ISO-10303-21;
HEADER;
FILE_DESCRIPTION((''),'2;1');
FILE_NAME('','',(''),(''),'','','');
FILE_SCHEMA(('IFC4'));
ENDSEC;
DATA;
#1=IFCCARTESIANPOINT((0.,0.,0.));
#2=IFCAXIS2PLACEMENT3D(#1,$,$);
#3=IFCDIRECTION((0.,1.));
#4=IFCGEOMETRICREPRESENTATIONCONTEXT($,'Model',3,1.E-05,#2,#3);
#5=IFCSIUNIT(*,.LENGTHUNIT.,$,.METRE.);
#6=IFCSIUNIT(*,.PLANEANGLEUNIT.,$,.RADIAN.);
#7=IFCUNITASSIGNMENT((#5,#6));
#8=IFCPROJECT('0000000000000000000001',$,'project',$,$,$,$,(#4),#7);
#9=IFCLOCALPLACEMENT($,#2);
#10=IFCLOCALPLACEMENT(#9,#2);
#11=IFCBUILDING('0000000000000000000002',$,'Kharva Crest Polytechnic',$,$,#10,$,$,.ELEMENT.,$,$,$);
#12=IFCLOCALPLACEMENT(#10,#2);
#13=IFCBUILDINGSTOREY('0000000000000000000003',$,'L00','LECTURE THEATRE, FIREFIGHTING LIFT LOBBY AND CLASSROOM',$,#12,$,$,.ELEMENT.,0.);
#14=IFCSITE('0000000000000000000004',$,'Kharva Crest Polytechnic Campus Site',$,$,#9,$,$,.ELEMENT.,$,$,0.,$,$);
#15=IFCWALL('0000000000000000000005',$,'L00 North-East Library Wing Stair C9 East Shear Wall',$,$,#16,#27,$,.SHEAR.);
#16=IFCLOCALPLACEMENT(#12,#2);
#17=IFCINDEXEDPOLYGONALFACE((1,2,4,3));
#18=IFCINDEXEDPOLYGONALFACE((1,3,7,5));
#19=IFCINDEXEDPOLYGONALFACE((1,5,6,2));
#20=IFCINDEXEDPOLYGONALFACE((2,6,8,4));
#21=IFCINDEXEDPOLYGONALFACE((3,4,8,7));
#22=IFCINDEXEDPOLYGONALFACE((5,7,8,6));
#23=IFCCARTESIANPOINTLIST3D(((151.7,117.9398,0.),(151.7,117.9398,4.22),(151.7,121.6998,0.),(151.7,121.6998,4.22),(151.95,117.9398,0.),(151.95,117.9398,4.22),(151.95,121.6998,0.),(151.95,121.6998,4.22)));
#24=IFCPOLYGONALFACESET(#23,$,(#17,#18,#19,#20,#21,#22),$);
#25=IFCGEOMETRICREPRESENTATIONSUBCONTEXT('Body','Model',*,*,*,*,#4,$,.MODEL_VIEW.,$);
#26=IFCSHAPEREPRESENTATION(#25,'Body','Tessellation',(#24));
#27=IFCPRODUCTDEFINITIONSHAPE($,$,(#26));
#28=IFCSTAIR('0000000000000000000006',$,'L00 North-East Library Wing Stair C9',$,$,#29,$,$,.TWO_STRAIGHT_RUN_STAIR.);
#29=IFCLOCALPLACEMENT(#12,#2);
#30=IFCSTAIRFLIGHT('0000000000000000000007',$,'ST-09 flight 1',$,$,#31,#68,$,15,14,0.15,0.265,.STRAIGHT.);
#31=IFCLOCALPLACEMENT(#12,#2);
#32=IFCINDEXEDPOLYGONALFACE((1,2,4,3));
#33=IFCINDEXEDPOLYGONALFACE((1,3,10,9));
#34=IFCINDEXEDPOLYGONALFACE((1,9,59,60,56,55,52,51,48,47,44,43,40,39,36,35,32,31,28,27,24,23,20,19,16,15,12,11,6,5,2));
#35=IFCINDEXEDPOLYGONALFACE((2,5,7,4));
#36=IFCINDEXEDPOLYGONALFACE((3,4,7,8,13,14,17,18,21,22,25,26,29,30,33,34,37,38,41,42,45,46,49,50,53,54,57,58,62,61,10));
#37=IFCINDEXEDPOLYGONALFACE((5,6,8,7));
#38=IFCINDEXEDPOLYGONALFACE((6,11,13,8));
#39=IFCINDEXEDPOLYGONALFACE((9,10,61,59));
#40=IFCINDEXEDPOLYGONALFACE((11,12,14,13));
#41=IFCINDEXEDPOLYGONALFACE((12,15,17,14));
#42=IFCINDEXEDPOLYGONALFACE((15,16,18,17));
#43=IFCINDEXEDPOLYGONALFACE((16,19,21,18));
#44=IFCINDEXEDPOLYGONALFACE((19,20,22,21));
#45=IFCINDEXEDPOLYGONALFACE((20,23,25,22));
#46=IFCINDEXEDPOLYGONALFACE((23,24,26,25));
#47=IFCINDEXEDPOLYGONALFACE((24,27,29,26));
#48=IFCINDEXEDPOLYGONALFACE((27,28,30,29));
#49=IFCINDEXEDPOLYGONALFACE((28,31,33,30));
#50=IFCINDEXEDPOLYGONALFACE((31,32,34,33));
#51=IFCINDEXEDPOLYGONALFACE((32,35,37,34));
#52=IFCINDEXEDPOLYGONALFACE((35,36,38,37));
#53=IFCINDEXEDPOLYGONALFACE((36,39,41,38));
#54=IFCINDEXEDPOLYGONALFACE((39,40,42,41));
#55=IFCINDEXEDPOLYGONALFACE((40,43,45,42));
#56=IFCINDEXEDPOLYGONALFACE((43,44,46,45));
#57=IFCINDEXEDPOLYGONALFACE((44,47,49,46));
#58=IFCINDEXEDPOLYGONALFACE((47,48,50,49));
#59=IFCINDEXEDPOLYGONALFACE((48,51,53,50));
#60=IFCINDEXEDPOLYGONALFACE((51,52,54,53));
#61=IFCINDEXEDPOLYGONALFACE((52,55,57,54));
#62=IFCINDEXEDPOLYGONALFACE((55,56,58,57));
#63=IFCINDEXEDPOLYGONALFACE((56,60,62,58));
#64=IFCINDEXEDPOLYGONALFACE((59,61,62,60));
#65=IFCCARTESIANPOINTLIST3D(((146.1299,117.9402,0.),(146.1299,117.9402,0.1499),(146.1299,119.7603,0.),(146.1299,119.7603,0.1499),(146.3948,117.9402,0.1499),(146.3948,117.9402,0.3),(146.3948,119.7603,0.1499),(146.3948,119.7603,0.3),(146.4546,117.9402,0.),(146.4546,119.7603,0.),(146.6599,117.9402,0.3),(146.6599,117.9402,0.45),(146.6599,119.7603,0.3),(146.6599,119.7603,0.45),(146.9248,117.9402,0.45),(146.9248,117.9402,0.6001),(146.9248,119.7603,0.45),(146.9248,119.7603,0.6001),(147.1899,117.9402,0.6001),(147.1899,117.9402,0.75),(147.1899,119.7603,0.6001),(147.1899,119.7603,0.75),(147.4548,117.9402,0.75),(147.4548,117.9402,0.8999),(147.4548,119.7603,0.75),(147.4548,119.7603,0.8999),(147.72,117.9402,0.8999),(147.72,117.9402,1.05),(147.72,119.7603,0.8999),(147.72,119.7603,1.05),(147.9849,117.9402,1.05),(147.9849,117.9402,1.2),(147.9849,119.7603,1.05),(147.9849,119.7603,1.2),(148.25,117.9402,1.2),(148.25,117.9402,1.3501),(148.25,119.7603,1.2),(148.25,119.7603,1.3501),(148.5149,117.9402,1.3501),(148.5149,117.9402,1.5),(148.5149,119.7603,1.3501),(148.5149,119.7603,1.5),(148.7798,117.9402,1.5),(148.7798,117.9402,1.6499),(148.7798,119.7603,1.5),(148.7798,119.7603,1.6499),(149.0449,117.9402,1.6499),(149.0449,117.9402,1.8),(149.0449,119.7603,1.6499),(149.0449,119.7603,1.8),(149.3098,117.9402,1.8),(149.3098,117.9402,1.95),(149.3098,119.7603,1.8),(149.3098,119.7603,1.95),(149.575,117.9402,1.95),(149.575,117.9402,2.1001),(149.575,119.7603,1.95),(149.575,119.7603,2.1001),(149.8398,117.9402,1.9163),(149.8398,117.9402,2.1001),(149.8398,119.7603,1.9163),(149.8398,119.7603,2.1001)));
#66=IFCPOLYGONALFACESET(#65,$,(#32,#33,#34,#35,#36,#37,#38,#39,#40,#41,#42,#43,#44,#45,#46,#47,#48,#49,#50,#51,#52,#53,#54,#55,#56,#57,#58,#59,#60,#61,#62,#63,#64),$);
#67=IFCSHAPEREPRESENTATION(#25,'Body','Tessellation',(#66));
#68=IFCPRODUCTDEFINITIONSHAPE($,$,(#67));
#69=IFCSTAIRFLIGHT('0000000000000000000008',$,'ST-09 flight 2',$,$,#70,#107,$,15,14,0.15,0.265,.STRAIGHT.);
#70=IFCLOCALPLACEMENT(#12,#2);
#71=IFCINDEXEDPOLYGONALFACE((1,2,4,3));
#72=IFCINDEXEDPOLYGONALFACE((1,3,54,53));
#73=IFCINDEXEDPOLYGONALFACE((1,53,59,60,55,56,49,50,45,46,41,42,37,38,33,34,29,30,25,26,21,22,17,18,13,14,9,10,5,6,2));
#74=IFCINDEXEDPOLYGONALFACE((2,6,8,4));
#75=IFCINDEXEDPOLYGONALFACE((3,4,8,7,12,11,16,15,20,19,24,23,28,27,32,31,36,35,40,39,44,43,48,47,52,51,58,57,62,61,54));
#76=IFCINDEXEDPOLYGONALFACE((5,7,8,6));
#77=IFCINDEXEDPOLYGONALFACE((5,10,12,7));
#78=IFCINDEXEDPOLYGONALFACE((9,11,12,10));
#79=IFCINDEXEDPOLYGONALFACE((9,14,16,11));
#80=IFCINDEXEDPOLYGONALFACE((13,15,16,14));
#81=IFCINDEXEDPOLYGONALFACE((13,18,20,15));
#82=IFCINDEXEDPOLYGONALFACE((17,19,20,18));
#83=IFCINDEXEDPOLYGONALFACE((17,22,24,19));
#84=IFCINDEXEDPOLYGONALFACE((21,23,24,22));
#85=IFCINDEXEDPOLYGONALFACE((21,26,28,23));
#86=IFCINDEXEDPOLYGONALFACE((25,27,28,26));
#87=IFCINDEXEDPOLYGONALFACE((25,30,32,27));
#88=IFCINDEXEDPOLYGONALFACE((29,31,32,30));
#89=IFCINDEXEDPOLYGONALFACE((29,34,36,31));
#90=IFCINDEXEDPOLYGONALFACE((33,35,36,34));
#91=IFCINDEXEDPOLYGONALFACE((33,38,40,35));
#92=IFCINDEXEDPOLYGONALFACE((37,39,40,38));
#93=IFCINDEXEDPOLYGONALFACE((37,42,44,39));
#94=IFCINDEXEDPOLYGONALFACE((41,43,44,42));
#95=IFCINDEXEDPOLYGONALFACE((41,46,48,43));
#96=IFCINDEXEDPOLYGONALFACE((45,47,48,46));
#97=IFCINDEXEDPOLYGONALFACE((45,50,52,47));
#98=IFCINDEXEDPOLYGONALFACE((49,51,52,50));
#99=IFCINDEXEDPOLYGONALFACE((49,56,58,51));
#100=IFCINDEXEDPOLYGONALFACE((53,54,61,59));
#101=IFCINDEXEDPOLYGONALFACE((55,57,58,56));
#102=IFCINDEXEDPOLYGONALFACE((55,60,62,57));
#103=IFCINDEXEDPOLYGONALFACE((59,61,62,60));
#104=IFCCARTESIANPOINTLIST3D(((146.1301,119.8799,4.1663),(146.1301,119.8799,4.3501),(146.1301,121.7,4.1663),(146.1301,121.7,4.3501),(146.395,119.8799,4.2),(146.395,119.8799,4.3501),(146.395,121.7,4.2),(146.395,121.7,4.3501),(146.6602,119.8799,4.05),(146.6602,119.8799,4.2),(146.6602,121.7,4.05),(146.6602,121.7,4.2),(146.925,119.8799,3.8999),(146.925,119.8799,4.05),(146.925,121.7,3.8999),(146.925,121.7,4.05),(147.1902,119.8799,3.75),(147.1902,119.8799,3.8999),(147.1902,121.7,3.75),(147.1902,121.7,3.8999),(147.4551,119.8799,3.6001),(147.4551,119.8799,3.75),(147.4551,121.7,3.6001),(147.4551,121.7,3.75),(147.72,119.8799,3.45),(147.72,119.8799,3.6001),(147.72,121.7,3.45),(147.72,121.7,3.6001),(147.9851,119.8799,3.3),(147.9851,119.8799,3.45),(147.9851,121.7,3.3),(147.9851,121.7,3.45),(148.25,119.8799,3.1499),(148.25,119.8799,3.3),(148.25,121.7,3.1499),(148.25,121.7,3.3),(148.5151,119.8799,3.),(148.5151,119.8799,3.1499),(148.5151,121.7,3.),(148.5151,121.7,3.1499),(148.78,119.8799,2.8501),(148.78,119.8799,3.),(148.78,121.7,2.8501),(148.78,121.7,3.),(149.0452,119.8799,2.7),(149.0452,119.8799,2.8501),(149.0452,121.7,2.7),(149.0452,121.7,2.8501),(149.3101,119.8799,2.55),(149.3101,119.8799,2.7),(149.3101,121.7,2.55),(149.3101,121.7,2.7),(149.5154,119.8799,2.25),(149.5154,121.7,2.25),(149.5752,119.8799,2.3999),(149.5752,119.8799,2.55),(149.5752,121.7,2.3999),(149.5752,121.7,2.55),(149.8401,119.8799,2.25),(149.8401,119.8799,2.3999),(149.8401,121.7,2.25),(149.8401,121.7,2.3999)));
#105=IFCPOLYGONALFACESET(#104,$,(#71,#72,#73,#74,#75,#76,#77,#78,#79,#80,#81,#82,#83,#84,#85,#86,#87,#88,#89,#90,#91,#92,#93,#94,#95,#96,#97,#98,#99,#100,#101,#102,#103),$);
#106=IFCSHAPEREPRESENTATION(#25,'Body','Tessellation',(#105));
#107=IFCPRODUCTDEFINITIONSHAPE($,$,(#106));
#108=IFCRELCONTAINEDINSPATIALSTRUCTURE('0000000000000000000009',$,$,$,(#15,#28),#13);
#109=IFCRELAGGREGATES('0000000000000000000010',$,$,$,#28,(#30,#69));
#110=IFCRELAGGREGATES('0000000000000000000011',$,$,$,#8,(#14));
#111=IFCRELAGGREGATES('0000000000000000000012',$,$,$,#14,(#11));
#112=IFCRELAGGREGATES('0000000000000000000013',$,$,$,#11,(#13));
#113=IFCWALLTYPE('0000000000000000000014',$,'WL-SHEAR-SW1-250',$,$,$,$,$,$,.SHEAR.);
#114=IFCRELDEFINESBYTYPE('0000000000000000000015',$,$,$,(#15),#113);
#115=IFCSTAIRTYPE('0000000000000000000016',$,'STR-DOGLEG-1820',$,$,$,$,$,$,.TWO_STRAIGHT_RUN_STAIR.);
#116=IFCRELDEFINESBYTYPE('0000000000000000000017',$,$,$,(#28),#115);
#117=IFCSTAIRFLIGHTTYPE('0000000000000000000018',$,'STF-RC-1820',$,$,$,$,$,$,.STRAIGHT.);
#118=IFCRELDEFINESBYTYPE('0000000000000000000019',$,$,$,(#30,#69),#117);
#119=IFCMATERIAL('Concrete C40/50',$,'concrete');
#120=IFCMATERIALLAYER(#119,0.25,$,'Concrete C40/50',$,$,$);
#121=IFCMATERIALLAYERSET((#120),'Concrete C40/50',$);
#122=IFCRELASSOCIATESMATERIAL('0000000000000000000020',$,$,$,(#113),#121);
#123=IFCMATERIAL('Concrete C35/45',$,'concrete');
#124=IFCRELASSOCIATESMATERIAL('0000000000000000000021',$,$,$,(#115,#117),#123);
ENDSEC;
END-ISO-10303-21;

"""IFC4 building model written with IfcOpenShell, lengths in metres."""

from ifc_helpers import new_model, si_unit, direction, frame, frame_2d, origin, place, context, subcontext, project, spatial, polyline, rectangle, outline, extrude, material, layer, layer_set, type_object, element, aggregate, save


model = new_model("IFC4")

# Units and contexts
model_context = context("Model", 3, precision=1e-05, world=origin(), true_north=direction((0.0, 1.0)))
body_context = subcontext(model_context, "Body", "Model", "MODEL_VIEW")
ifc_project = project(units=[si_unit("LENGTHUNIT", "METRE"), si_unit("PLANEANGLEUNIT", "RADIAN")], contexts=[model_context])

# Site, building, storey
site_placement = place(None, origin())
site = spatial("IfcSite", under=ifc_project, at=site_placement, Name="Kharva Crest Polytechnic Campus Site", CompositionType="ELEMENT", RefElevation=0.0)
building_placement = place(site_placement, origin())
building = spatial("IfcBuilding", under=site, at=building_placement, Name="Kharva Crest Polytechnic", CompositionType="ELEMENT")
storey_placement = place(building_placement, origin())
storey = spatial("IfcBuildingStorey", under=building, at=storey_placement, Name="L00", Description="LECTURE THEATRE, FIREFIGHTING LIFT LOBBY AND CLASSROOM", CompositionType="ELEMENT", Elevation=0.0)

# Shared definitions
ifc_material_1 = material(Name="Concrete C35/45", Category="concrete")

# Shared definitions
ifc_material_2 = material(Name="Concrete C40/50", Category="concrete")

# Wall
ifc_layer_1 = layer(ifc_material_2, 0.25, Name="Concrete C40/50")
ifc_layer_set_1 = layer_set([ifc_layer_1], Name="Concrete C40/50")
wall_type_1 = type_object("IfcWallType", Name="WL-SHEAR-SW1-250", PredefinedType="SHEAR", material=ifc_layer_set_1)
wall_1_placement = place(storey_placement, frame((151.825, 117.9399, 0.0), z_axis=(0.0, 0.0, 1.0), x_axis=(0.0, 1.0, 0.0)))
element("IfcWall", 1, at=wall_1_placement, inside=storey, type_object=wall_type_1, Name="L00 North-East Library Wing Stair C9 East Shear Wall", PredefinedType="SHEAR", context=body_context, shape_type="SweptSolid", body=[
    extrude(rectangle(XDim=3.76, YDim=0.25, at=frame_2d((1.8799, 0.0))), origin(), (0.0, 0.0, 1.0), 4.22),
])

# Stair, stair flights
stair_type = type_object("IfcStairType", Name="STR-DOGLEG-1820", PredefinedType="TWO_STRAIGHT_RUN_STAIR", material=ifc_material_1)
stair_placement = place(storey_placement, origin())
stair = element("IfcStair", 2, at=stair_placement, inside=storey, type_object=stair_type, Name="L00 North-East Library Wing Stair C9", PredefinedType="TWO_STRAIGHT_RUN_STAIR")
stair_flight_type = type_object("IfcStairFlightType", Name="STF-RC-1820", PredefinedType="STRAIGHT", material=ifc_material_1)
stair_flight_1_placement = place(storey_placement, frame((146.1299, 118.8501, 0.0), z_axis=(0.0, 0.0, 1.0), x_axis=(1.0, 0.0, 0.0)))
stair_flight_1 = element("IfcStairFlight", 3, at=stair_flight_1_placement, type_object=stair_flight_type, Name="ST-09 flight 1", NumberOfRisers=15, NumberOfTreads=14, PredefinedType="STRAIGHT", RiserHeight=0.15, TreadLength=0.265, context=body_context, shape_type="SweptSolid", body=[
    extrude(outline(polyline([(0.0, 0.0), (0.0, 0.1499), (0.2649, 0.1499), (0.2649, 0.3), (0.53, 0.3), (0.53, 0.45), (0.7949, 0.45), (0.7949, 0.6001), (1.0601, 0.6001), (1.0601, 0.75), (1.325, 0.75), (1.325, 0.8999), (1.5901, 0.8999), (1.5901, 1.05), (1.855, 1.05), (1.855, 1.2), (2.1201, 1.2), (2.1201, 1.3501), (2.385, 1.3501), (2.385, 1.5), (2.6499, 1.5), (2.6499, 1.6499), (2.915, 1.6499), (2.915, 1.8), (3.1799, 1.8), (3.1799, 1.95), (3.4451, 1.95), (3.4451, 2.1001), (3.71, 2.1001), (3.71, 2.25), (3.71, 1.9163), (0.3247, 0.0), (0.0, 0.0)])), frame((0.0, 0.9102, 0.0), z_axis=(0.0, -1.0, 0.0), x_axis=(1.0, 0.0, 0.0)), (0.0, 0.0, 1.0), 1.8201),
])
stair_flight_2_placement = place(storey_placement, frame((149.8401, 120.79, 2.25), z_axis=(0.0, 0.0, 1.0), x_axis=(-1.0, 0.0, 0.0)))
stair_flight_2 = element("IfcStairFlight", 4, at=stair_flight_2_placement, type_object=stair_flight_type, Name="ST-09 flight 2", NumberOfRisers=15, NumberOfTreads=14, PredefinedType="STRAIGHT", RiserHeight=0.15, TreadLength=0.265, context=body_context, shape_type="SweptSolid", body=[
    extrude(outline(polyline([(0.0, 0.0), (0.0, 0.1499), (0.2649, 0.1499), (0.2649, 0.3), (0.53, 0.3), (0.53, 0.45), (0.7949, 0.45), (0.7949, 0.6001), (1.0601, 0.6001), (1.0601, 0.75), (1.325, 0.75), (1.325, 0.8999), (1.5901, 0.8999), (1.5901, 1.05), (1.855, 1.05), (1.855, 1.2), (2.1201, 1.2), (2.1201, 1.3501), (2.385, 1.3501), (2.385, 1.5), (2.6499, 1.5), (2.6499, 1.6499), (2.915, 1.6499), (2.915, 1.8), (3.1799, 1.8), (3.1799, 1.95), (3.4451, 1.95), (3.4451, 2.1001), (3.71, 2.1001), (3.71, 2.25), (3.71, 1.9163), (0.3247, 0.0), (0.0, 0.0)])), frame((0.0, 0.9102, 0.0), z_axis=(0.0, -1.0, 0.0), x_axis=(1.0, 0.0, 0.0)), (0.0, 0.0, 1.0), 1.8201),
])
aggregate(stair, [stair_flight_1, stair_flight_2])

save(model, "model.ifc")
